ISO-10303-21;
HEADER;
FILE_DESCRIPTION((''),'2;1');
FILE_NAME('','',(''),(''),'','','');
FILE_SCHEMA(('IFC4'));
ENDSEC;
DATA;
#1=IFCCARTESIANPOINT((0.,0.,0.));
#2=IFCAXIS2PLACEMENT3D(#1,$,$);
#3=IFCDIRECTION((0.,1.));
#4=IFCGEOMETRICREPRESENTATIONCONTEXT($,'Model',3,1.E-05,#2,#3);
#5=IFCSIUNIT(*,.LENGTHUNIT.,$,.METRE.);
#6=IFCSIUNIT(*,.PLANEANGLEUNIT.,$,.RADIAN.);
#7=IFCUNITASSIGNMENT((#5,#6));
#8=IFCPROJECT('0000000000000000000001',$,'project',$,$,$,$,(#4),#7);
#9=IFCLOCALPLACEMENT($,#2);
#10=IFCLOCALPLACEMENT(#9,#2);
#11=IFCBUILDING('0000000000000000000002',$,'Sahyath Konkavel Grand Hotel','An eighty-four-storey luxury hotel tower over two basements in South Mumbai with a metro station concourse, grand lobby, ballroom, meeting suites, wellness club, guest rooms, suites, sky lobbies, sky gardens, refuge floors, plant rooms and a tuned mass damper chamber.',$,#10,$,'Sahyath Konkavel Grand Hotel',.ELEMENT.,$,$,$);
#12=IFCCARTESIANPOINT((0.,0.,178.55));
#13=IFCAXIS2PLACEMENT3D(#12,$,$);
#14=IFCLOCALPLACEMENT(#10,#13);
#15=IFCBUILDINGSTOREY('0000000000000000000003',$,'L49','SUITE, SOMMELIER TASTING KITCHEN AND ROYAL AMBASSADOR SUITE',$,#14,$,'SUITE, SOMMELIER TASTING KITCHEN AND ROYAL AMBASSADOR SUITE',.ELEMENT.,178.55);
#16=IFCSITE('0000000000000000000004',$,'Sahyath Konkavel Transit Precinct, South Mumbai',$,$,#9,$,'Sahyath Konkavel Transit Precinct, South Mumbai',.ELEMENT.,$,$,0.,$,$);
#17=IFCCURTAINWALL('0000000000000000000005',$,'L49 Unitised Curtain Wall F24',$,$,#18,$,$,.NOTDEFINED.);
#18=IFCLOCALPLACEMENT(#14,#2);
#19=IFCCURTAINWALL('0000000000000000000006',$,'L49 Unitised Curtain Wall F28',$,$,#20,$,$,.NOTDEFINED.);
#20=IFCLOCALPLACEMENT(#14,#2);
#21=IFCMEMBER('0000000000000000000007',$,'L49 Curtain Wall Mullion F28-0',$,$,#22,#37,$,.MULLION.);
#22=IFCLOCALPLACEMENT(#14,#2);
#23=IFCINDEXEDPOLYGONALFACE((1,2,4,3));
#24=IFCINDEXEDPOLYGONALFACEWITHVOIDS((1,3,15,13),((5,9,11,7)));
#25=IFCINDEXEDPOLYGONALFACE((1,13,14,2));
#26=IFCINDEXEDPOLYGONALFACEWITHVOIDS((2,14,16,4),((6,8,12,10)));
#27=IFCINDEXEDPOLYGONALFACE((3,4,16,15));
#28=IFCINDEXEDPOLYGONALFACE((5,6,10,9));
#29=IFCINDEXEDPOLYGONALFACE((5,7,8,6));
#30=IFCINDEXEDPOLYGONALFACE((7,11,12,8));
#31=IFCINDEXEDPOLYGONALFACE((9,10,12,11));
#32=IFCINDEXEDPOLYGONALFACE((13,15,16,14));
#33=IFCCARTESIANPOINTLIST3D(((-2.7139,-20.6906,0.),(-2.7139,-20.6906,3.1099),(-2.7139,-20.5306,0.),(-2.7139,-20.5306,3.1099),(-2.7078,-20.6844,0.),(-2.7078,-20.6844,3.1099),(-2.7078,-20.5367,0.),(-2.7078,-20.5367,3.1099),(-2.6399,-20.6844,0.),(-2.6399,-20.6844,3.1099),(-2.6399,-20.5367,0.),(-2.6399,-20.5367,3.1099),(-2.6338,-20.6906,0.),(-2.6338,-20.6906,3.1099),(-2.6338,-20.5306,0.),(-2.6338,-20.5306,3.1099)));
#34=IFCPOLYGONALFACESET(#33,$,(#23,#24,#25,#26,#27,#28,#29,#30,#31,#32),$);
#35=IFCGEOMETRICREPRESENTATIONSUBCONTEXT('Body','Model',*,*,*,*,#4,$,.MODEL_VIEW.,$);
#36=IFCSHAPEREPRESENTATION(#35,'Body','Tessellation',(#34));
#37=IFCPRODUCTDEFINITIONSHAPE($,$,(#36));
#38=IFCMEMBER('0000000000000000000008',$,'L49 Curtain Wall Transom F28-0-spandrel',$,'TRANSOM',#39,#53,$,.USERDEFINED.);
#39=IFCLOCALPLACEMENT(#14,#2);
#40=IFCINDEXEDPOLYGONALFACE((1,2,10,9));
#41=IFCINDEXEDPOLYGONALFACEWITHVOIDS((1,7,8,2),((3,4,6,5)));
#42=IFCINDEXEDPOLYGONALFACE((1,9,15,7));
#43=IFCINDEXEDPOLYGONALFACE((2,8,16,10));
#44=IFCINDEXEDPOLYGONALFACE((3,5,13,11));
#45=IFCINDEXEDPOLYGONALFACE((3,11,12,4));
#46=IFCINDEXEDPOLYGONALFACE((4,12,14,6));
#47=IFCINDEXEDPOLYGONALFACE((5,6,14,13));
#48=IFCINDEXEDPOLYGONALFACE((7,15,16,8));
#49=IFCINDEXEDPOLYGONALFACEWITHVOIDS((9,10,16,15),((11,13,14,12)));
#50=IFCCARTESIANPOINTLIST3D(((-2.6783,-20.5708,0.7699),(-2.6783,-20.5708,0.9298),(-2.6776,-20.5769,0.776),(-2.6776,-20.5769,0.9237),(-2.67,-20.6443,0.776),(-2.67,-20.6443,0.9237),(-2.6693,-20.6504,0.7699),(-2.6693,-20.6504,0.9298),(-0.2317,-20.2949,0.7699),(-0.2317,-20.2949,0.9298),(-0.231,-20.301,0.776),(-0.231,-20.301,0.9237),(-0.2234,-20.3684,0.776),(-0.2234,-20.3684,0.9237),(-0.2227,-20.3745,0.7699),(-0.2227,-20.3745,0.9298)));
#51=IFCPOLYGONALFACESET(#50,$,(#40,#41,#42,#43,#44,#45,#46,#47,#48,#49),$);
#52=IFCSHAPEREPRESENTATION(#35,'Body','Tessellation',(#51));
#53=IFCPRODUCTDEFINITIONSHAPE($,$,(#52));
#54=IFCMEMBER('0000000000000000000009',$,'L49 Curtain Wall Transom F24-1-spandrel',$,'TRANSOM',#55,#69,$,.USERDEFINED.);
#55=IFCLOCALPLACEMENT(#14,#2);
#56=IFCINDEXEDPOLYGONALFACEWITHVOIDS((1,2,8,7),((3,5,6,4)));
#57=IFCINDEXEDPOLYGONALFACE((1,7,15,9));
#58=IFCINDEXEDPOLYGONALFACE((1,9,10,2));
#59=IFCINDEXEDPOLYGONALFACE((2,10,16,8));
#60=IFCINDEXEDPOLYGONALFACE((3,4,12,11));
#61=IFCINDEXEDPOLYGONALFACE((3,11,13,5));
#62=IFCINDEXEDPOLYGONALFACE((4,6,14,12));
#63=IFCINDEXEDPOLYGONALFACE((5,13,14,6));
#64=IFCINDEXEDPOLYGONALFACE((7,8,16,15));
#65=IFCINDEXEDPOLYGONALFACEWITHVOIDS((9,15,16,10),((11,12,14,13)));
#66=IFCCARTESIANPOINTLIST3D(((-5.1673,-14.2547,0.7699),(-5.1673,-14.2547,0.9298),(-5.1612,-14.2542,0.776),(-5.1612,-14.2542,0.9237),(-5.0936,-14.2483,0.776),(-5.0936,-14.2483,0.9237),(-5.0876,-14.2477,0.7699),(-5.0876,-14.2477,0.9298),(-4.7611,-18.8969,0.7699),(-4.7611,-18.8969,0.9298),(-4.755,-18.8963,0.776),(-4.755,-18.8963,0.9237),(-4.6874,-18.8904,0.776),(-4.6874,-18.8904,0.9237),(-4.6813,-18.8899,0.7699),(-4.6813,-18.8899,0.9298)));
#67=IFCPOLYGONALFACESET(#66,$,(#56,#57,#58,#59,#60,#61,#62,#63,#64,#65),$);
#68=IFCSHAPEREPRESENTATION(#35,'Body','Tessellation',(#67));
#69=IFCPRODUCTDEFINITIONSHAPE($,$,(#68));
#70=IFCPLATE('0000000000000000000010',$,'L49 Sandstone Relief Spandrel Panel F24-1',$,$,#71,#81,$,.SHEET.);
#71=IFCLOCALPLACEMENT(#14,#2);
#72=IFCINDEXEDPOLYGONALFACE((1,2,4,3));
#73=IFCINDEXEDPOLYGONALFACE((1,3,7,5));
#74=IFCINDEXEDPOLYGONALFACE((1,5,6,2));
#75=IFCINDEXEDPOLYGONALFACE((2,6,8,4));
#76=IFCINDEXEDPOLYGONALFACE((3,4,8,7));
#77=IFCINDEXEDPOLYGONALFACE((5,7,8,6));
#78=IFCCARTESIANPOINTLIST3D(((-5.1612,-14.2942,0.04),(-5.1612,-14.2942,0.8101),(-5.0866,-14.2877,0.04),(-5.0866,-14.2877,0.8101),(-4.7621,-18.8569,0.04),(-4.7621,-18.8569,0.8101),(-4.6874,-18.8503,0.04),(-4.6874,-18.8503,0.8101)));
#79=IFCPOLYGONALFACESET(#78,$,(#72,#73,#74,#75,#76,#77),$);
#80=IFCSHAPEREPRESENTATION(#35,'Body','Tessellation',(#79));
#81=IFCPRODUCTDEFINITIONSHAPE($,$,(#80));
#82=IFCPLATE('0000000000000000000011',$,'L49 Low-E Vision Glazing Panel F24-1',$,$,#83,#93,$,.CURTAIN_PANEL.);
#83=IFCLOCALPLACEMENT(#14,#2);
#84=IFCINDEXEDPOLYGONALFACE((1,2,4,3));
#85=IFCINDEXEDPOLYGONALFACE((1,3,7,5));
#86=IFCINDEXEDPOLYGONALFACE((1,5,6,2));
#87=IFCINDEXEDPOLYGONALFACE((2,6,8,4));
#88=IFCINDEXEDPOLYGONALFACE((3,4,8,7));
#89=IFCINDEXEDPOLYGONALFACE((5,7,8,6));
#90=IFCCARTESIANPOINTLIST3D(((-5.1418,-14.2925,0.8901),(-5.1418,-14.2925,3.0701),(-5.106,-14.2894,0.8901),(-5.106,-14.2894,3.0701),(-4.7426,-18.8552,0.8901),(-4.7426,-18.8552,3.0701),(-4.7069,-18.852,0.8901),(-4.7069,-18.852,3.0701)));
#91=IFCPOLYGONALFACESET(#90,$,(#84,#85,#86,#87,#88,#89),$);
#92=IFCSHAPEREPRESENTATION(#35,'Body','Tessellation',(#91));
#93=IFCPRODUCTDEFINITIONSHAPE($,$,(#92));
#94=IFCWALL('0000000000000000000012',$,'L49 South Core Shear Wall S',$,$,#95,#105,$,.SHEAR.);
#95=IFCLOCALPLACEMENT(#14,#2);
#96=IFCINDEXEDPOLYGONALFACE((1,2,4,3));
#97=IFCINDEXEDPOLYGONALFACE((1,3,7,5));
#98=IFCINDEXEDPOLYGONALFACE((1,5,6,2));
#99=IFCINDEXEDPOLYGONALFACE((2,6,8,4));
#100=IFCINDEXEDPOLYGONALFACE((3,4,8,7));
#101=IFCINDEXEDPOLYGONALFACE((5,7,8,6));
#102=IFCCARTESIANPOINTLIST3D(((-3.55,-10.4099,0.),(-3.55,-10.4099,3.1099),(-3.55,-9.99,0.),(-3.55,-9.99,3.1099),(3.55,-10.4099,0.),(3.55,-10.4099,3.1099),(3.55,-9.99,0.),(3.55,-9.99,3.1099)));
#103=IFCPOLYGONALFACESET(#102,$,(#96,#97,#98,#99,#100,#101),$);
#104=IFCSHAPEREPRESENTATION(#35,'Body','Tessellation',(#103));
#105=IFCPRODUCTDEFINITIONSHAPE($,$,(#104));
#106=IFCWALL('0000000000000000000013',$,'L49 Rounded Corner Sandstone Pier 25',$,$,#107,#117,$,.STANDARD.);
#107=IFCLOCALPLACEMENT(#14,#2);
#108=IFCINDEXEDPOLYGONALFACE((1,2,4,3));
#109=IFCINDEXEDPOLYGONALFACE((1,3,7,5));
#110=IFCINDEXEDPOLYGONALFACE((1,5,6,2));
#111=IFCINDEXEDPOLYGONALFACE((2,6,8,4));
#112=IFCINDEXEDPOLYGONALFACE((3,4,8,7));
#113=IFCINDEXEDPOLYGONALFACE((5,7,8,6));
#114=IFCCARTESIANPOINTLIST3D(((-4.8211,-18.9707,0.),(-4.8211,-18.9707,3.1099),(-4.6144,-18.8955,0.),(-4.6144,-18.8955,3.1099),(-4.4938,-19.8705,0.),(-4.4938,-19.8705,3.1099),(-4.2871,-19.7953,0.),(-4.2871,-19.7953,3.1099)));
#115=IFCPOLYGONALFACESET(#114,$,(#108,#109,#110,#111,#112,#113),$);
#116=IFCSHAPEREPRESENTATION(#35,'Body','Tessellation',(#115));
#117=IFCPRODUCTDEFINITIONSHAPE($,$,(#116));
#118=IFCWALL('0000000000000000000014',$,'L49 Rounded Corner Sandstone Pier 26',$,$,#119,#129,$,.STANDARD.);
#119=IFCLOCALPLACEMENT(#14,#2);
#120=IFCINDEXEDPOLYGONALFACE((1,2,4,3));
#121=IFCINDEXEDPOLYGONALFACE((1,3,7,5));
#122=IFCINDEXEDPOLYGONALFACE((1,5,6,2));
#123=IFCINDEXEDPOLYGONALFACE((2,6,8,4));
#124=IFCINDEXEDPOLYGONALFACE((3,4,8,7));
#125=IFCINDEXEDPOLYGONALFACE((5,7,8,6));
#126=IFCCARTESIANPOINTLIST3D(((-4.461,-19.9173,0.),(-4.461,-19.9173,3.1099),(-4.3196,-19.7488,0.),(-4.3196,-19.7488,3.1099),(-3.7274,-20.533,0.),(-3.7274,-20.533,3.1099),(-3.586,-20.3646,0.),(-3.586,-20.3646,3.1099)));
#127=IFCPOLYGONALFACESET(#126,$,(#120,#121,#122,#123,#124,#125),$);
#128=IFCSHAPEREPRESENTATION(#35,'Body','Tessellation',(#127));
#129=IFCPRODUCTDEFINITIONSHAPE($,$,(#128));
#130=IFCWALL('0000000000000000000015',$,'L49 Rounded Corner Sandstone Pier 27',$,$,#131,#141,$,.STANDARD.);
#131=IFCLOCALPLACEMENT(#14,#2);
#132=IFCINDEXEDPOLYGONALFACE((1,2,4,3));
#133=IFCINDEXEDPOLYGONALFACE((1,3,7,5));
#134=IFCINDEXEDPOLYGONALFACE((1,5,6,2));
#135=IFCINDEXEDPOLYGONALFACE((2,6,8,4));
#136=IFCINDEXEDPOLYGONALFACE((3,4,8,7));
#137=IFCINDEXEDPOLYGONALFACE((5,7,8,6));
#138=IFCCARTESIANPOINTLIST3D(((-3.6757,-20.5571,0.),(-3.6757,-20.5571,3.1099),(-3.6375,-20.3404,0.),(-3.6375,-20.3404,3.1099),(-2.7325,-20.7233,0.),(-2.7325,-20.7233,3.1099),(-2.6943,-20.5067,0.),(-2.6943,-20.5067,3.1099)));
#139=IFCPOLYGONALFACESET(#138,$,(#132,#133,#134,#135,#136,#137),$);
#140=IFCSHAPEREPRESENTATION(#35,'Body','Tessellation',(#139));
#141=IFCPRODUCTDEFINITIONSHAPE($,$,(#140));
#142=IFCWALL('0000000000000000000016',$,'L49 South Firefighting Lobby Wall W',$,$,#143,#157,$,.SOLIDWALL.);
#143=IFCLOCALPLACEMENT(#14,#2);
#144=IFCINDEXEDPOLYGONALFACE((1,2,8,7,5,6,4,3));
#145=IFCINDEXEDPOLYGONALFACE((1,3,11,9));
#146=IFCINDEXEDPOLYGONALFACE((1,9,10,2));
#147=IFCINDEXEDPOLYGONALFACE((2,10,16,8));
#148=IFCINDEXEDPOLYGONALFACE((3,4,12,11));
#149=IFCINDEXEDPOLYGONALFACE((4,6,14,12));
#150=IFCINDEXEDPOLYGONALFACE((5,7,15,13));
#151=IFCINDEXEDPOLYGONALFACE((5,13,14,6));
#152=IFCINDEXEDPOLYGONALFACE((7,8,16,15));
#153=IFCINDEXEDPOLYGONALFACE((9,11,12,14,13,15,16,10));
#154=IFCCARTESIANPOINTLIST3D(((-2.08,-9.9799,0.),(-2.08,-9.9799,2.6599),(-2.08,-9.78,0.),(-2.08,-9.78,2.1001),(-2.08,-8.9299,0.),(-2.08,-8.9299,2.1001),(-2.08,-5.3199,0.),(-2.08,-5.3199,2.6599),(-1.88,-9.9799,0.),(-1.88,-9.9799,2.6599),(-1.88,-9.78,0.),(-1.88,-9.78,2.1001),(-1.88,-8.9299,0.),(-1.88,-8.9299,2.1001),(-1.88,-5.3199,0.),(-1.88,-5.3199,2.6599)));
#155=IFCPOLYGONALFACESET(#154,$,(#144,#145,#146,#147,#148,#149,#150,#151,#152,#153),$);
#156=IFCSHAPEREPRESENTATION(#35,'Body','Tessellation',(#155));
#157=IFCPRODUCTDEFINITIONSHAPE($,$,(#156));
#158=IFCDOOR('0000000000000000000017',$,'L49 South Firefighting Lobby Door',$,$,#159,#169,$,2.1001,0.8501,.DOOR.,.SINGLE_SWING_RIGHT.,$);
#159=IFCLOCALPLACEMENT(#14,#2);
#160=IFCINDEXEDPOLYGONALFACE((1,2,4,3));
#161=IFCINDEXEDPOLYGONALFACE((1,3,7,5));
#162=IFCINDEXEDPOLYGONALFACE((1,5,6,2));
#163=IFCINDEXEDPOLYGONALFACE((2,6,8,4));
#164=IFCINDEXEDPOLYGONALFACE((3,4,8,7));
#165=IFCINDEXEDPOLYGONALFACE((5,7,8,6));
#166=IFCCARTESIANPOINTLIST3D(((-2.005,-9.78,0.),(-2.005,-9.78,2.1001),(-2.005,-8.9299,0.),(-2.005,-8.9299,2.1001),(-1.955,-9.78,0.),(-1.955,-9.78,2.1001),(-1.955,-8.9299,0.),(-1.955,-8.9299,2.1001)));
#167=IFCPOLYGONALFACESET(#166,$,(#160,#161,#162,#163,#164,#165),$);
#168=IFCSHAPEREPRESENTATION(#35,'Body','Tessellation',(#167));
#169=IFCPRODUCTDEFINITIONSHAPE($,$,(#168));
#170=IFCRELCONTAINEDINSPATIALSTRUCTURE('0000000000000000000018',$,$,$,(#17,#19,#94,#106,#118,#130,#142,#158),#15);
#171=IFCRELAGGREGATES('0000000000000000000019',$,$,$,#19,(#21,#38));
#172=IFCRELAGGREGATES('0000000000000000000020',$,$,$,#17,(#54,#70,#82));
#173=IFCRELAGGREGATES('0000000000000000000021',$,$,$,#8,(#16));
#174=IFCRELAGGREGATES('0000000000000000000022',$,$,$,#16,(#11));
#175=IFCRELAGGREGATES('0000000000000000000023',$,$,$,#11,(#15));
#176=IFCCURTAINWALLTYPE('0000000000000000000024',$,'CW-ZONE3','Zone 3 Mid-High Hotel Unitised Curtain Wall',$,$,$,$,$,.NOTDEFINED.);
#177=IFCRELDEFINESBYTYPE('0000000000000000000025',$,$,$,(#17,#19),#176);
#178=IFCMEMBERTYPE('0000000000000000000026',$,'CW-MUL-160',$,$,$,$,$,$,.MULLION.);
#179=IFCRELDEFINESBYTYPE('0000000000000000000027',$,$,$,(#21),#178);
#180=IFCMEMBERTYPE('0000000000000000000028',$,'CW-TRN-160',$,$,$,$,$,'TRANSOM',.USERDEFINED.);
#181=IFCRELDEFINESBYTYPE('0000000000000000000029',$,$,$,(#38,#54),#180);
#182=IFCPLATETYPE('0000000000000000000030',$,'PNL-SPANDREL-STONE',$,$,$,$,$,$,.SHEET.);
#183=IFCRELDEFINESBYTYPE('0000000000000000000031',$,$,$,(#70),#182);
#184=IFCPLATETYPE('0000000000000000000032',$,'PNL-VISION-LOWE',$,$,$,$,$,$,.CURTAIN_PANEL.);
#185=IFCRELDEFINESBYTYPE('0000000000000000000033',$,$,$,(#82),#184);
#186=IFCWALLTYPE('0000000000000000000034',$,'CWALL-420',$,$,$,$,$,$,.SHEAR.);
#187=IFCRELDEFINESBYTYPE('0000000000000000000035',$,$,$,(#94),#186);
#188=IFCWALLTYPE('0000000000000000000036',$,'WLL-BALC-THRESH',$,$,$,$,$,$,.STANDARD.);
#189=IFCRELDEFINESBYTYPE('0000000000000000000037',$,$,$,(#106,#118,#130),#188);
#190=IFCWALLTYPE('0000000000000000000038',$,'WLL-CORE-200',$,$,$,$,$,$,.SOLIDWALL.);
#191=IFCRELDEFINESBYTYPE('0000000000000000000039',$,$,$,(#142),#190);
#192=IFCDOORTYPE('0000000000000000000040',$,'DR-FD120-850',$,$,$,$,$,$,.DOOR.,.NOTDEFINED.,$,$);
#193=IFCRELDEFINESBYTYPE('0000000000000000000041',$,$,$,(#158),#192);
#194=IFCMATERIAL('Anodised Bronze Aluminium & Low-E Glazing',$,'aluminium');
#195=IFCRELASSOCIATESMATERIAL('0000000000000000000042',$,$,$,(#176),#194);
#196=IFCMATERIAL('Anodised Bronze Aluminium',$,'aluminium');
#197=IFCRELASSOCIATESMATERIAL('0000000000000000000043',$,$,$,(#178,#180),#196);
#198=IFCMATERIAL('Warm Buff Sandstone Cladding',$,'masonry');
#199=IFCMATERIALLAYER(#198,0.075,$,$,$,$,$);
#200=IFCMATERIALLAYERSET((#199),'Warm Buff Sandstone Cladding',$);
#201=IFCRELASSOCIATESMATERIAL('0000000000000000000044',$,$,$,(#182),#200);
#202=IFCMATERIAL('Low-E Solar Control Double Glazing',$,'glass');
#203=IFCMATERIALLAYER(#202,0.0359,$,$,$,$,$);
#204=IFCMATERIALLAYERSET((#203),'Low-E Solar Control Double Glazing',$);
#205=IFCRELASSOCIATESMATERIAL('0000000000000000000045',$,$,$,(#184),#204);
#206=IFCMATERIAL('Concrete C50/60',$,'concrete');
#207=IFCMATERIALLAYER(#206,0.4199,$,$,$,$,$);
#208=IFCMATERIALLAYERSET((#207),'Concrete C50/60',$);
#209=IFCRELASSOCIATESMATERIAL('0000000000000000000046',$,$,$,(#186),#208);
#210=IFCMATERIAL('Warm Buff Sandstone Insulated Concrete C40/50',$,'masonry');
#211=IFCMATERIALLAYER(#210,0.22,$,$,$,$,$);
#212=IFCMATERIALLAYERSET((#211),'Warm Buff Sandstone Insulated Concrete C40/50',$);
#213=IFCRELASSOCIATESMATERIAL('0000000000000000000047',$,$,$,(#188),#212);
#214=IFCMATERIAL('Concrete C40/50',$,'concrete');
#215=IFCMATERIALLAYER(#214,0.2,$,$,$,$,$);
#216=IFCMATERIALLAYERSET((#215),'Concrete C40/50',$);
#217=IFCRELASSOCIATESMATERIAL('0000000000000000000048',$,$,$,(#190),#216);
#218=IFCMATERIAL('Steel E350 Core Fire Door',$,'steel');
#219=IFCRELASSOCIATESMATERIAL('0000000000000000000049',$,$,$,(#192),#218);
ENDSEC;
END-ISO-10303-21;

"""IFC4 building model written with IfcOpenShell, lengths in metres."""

from ifc_helpers import new_model, si_unit, direction, frame, frame_2d, origin, origin_2d, place, context, subcontext, project, spatial, rectangle, hollow_rectangle, extrude, source, transform, mapped, material, layer, layer_set, material_profile, profile_set, type_object, element, fill, aggregate, save


model = new_model("IFC4")

# Units and contexts
model_context = context("Model", 3, precision=1e-05, world=origin(), true_north=direction((0.0, 1.0)))
body_context = subcontext(model_context, "Body", "Model", "MODEL_VIEW")
ifc_project = project(units=[si_unit("LENGTHUNIT", "METRE"), si_unit("PLANEANGLEUNIT", "RADIAN")], contexts=[model_context])

# Site, building, storey
site_placement = place(None, origin())
site = spatial("IfcSite", under=ifc_project, at=site_placement, Name="Sahyath Konkavel Transit Precinct, South Mumbai", LongName="Sahyath Konkavel Transit Precinct, South Mumbai", CompositionType="ELEMENT", RefElevation=0.0)
building_placement = place(site_placement, origin())
building = spatial("IfcBuilding", under=site, at=building_placement, Name="Sahyath Konkavel Grand Hotel", Description="An eighty-four-storey luxury hotel tower over two basements in South Mumbai with a metro station concourse, grand lobby, ballroom, meeting suites, wellness club, guest rooms, suites, sky lobbies, sky gardens, refuge floors, plant rooms and a tuned mass damper chamber.", LongName="Sahyath Konkavel Grand Hotel", CompositionType="ELEMENT")
storey_placement = place(building_placement, frame((0.0, 0.0, 178.55)))
storey = spatial("IfcBuildingStorey", under=building, at=storey_placement, Name="L49", Description="SUITE, SOMMELIER TASTING KITCHEN AND ROYAL AMBASSADOR SUITE", LongName="SUITE, SOMMELIER TASTING KITCHEN AND ROYAL AMBASSADOR SUITE", CompositionType="ELEMENT", Elevation=178.55)

# Shared definitions
ifc_material_1 = material(Name="Concrete C50/60", Category="concrete")
ifc_material_2 = material(Name="Concrete C40/50", Category="concrete")

# Curtain walls, members
ifc_material_3 = material(Name="Anodised Bronze Aluminium & Low-E Glazing", Category="aluminium")
curtain_wall_type = type_object("IfcCurtainWallType", Name="CW-ZONE3", Description="Zone 3 Mid-High Hotel Unitised Curtain Wall", PredefinedType="NOTDEFINED", material=ifc_material_3)
curtain_wall_1_placement = place(storey_placement, origin())
curtain_wall_1 = element("IfcCurtainWall", 1, at=curtain_wall_1_placement, inside=storey, type_object=curtain_wall_type, Name="L49 Unitised Curtain Wall F24", PredefinedType="NOTDEFINED")
ifc_material_4 = material(Name="Anodised Bronze Aluminium", Category="aluminium")
ifc_material_profile_1 = material_profile(ifc_material_4, hollow_rectangle(XDim=0.0801, YDim=0.1599, WallThickness=0.0061, at=origin_2d()), Name="RHS 160x80x6")
ifc_profile_set_1 = profile_set([ifc_material_profile_1], Name="Anodised Bronze Aluminium")
member_type_1 = type_object("IfcMemberType", Name="CW-MUL-160", PredefinedType="MULLION", material=ifc_profile_set_1)
shared_shape_1 = source(origin(), body_context, "Body", "SweptSolid", [
    extrude(hollow_rectangle(XDim=0.0801, YDim=0.1599, WallThickness=0.0061, at=origin_2d()), origin(), (0.0, 0.0, 1.0), 3.1099),
])
curtain_wall_2_placement = place(storey_placement, origin())
curtain_wall_2 = element("IfcCurtainWall", 2, at=curtain_wall_2_placement, inside=storey, type_object=curtain_wall_type, Name="L49 Unitised Curtain Wall F28", PredefinedType="NOTDEFINED")
member_1_placement = place(storey_placement, frame((-2.6738, -20.6106, 0.0), z_axis=(0.0, 0.0, 1.0), x_axis=(1.0, 0.0, 0.0)))
member_1 = element("IfcMember", 3, at=member_1_placement, type_object=member_type_1, Name="L49 Curtain Wall Mullion F28-0", PredefinedType="MULLION", context=body_context, shape_type="MappedRepresentation", body=[
    mapped(shared_shape_1, transform((0.0, 0.0, 0.0), scale=1.0)),
])
ifc_material_profile_2 = material_profile(ifc_material_4, hollow_rectangle(XDim=0.0801, YDim=0.1599, WallThickness=0.0061, at=origin_2d()), Name="RHS 160x80x6")
ifc_profile_set_2 = profile_set([ifc_material_profile_2], Name="Anodised Bronze Aluminium")
member_type_2 = type_object("IfcMemberType", Name="CW-TRN-160", ElementType="TRANSOM", PredefinedType="USERDEFINED", material=ifc_profile_set_2)
shared_shape_2 = source(origin(), body_context, "Body", "SweptSolid", [
    extrude(hollow_rectangle(XDim=0.0801, YDim=0.1599, WallThickness=0.0061, at=origin_2d()), origin(), (0.0, 0.0, 1.0), 2.4622),
])
member_2_placement = place(storey_placement, frame((-2.6738, -20.6106, 0.8499), z_axis=(0.993702, 0.112053, 0.0), x_axis=(-0.112053, 0.993702, 0.0)))
member_2 = element("IfcMember", 4, at=member_2_placement, type_object=member_type_2, Name="L49 Curtain Wall Transom F28-0-spandrel", ObjectType="TRANSOM", PredefinedType="USERDEFINED", context=body_context, shape_type="MappedRepresentation", body=[
    mapped(shared_shape_2, transform((0.0, 0.0, 0.0), scale=1.0)),
])
aggregate(curtain_wall_2, [member_1, member_2])

# Member
shared_shape_3 = source(origin(), body_context, "Body", "SweptSolid", [
    extrude(hollow_rectangle(XDim=0.0801, YDim=0.1599, WallThickness=0.0061, at=origin_2d()), origin(), (0.0, 0.0, 1.0), 4.6599),
])
member_3_placement = place(storey_placement, frame((-5.1274, -14.2512, 0.8499), z_axis=(0.087181, -0.996192, 0.0), x_axis=(0.996192, 0.087181, 0.0)))
member_3 = element("IfcMember", 5, at=member_3_placement, type_object=member_type_2, Name="L49 Curtain Wall Transom F24-1-spandrel", ObjectType="TRANSOM", PredefinedType="USERDEFINED", context=body_context, shape_type="MappedRepresentation", body=[
    mapped(shared_shape_3, transform((0.0, 0.0, 0.0), scale=1.0)),
])

# Plates
ifc_material_5 = material(Name="Warm Buff Sandstone Cladding", Category="masonry")
ifc_layer_1 = layer(ifc_material_5, 0.075)
ifc_layer_set_1 = layer_set([ifc_layer_1], Name="Warm Buff Sandstone Cladding")
plate_type_1 = type_object("IfcPlateType", Name="PNL-SPANDREL-STONE", PredefinedType="SHEET", material=ifc_layer_set_1)
shared_shape_4 = source(origin(), body_context, "Body", "SweptSolid", [
    extrude(rectangle(XDim=4.5801, YDim=0.075, at=origin_2d()), origin(), (0.0, 0.0, 1.0), 0.77),
])
plate_1_placement = place(storey_placement, frame((-4.9243, -16.5723, 0.04), z_axis=(0.0, 0.0, 1.0), x_axis=(0.087156, -0.996195, 0.0)))
plate_1 = element("IfcPlate", 6, at=plate_1_placement, type_object=plate_type_1, Name="L49 Sandstone Relief Spandrel Panel F24-1", PredefinedType="SHEET", context=body_context, shape_type="MappedRepresentation", body=[
    mapped(shared_shape_4, transform((0.0, 0.0, 0.0), scale=1.0)),
])
ifc_material_6 = material(Name="Low-E Solar Control Double Glazing", Category="glass")
ifc_layer_2 = layer(ifc_material_6, 0.0359)
ifc_layer_set_2 = layer_set([ifc_layer_2], Name="Low-E Solar Control Double Glazing")
plate_type_2 = type_object("IfcPlateType", Name="PNL-VISION-LOWE", PredefinedType="CURTAIN_PANEL", material=ifc_layer_set_2)
shared_shape_5 = source(origin(), body_context, "Body", "SweptSolid", [
    extrude(rectangle(XDim=4.5801, YDim=0.0359, at=origin_2d()), origin(), (0.0, 0.0, 1.0), 2.1799),
])
plate_2_placement = place(storey_placement, frame((-4.9243, -16.5723, 0.8901), z_axis=(0.0, 0.0, 1.0), x_axis=(0.087156, -0.996195, 0.0)))
plate_2 = element("IfcPlate", 7, at=plate_2_placement, type_object=plate_type_2, Name="L49 Low-E Vision Glazing Panel F24-1", PredefinedType="CURTAIN_PANEL", context=body_context, shape_type="MappedRepresentation", body=[
    mapped(shared_shape_5, transform((0.0, 0.0, 0.0), scale=1.0)),
])
aggregate(curtain_wall_1, [member_3, plate_1, plate_2])

# Walls
ifc_layer_3 = layer(ifc_material_1, 0.4199)
ifc_layer_set_3 = layer_set([ifc_layer_3], Name="Concrete C50/60")
wall_type_1 = type_object("IfcWallType", Name="CWALL-420", PredefinedType="SHEAR", material=ifc_layer_set_3)
wall_1_placement = place(storey_placement, frame((-3.55, -10.2, 0.0), z_axis=(0.0, 0.0, 1.0), x_axis=(1.0, 0.0, 0.0)))
element("IfcWall", 8, at=wall_1_placement, inside=storey, type_object=wall_type_1, Name="L49 South Core Shear Wall S", PredefinedType="SHEAR", context=body_context, shape_type="SweptSolid", body=[
    extrude(rectangle(XDim=7.1001, YDim=0.4199, at=frame_2d((3.55, 0.0))), origin(), (0.0, 0.0, 1.0), 3.1099),
])
ifc_material_7 = material(Name="Warm Buff Sandstone Insulated Concrete C40/50", Category="masonry")
ifc_layer_4 = layer(ifc_material_7, 0.22)
ifc_layer_set_4 = layer_set([ifc_layer_4], Name="Warm Buff Sandstone Insulated Concrete C40/50")
wall_type_2 = type_object("IfcWallType", Name="WLL-BALC-THRESH", PredefinedType="STANDARD", material=ifc_layer_set_4)
wall_2_placement = place(storey_placement, frame((-4.7178, -18.9331, 0.0), z_axis=(0.0, 0.0, 1.0), x_axis=(0.341886, -0.939741, 0.0)))
element("IfcWall", 9, at=wall_2_placement, inside=storey, type_object=wall_type_2, Name="L49 Rounded Corner Sandstone Pier 25", PredefinedType="STANDARD", context=body_context, shape_type="SweptSolid", body=[
    extrude(rectangle(XDim=0.9575, YDim=0.22, at=frame_2d((0.4788, 0.0))), origin(), (0.0, 0.0, 1.0), 3.1099),
])
for number, where, z_axis, x_axis, name in (
    (10, (-4.3904, -19.833, 0.0), (0.0, 0.0, 1.0), (0.765981, -0.642863, 0.0), "L49 Rounded Corner Sandstone Pier 26"),
    (11, (-3.6567, -20.4487, 0.0), (0.0, 0.0, 1.0), (0.984814, -0.173611, 0.0), "L49 Rounded Corner Sandstone Pier 27"),
):
    element("IfcWall", number, at=place(storey_placement, frame(where, z_axis=z_axis, x_axis=x_axis)), inside=storey, type_object=wall_type_2, Name=name, PredefinedType="STANDARD", context=body_context, shape_type="SweptSolid", body=[
        extrude(rectangle(XDim=0.9578, YDim=0.22, at=frame_2d((0.479, 0.0))), origin(), (0.0, 0.0, 1.0), 3.1099),
    ])

# Wall, opening, door
ifc_layer_5 = layer(ifc_material_2, 0.2)
ifc_layer_set_5 = layer_set([ifc_layer_5], Name="Concrete C40/50")
wall_type_3 = type_object("IfcWallType", Name="WLL-CORE-200", PredefinedType="SOLIDWALL", material=ifc_layer_set_5)
wall_3_placement = place(storey_placement, frame((-1.98, -9.98, 0.0), z_axis=(0.0, 0.0, 1.0), x_axis=(0.0, 1.0, 0.0)))
wall_3 = element("IfcWall", 12, at=wall_3_placement, inside=storey, type_object=wall_type_3, Name="L49 South Firefighting Lobby Wall W", PredefinedType="SOLIDWALL", context=body_context, shape_type="SweptSolid", body=[
    extrude(rectangle(XDim=4.6599, YDim=0.2, at=frame_2d((2.3301, 0.0))), origin(), (0.0, 0.0, 1.0), 2.6599),
])
opening_1_placement = place(wall_3_placement, frame((0.2, 0.0, 0.0)))
opening_1 = element("IfcOpeningElement", 13, at=opening_1_placement, cuts=wall_3, PredefinedType="OPENING", context=body_context, shape_type="SweptSolid", body=[
    extrude(rectangle(XDim=0.8501, YDim=2.1001, at=frame_2d((0.425, 1.05))), frame((0.0, 0.1099, 0.0), z_axis=(0.0, -1.0, 0.0), x_axis=(1.0, 0.0, 0.0)), (0.0, 0.0, 1.0), 0.22),
])
ifc_material_8 = material(Name="Steel E350 Core Fire Door", Category="steel")
door_type_1 = type_object("IfcDoorType", Name="DR-FD120-850", OperationType="NOTDEFINED", PredefinedType="DOOR", material=ifc_material_8)
shared_shape_6 = source(origin(), body_context, "Body", "SweptSolid", [
    extrude(rectangle(XDim=0.8501, YDim=0.05, at=origin_2d()), origin(), (0.0, 0.0, 1.0), 2.1001),
])
door_1_placement = place(opening_1_placement, frame((0.425, 0.0, 0.0)))
door_1 = element("IfcDoor", 14, at=door_1_placement, inside=storey, type_object=door_type_1, Name="L49 South Firefighting Lobby Door", OperationType="SINGLE_SWING_RIGHT", OverallHeight=2.1001, OverallWidth=0.8501, PredefinedType="DOOR", context=body_context, shape_type="MappedRepresentation", body=[
    mapped(shared_shape_6, transform((0.0, 0.0, 0.0), scale=1.0)),
])
fill(opening_1, door_1)

save(model, "model.ifc")
